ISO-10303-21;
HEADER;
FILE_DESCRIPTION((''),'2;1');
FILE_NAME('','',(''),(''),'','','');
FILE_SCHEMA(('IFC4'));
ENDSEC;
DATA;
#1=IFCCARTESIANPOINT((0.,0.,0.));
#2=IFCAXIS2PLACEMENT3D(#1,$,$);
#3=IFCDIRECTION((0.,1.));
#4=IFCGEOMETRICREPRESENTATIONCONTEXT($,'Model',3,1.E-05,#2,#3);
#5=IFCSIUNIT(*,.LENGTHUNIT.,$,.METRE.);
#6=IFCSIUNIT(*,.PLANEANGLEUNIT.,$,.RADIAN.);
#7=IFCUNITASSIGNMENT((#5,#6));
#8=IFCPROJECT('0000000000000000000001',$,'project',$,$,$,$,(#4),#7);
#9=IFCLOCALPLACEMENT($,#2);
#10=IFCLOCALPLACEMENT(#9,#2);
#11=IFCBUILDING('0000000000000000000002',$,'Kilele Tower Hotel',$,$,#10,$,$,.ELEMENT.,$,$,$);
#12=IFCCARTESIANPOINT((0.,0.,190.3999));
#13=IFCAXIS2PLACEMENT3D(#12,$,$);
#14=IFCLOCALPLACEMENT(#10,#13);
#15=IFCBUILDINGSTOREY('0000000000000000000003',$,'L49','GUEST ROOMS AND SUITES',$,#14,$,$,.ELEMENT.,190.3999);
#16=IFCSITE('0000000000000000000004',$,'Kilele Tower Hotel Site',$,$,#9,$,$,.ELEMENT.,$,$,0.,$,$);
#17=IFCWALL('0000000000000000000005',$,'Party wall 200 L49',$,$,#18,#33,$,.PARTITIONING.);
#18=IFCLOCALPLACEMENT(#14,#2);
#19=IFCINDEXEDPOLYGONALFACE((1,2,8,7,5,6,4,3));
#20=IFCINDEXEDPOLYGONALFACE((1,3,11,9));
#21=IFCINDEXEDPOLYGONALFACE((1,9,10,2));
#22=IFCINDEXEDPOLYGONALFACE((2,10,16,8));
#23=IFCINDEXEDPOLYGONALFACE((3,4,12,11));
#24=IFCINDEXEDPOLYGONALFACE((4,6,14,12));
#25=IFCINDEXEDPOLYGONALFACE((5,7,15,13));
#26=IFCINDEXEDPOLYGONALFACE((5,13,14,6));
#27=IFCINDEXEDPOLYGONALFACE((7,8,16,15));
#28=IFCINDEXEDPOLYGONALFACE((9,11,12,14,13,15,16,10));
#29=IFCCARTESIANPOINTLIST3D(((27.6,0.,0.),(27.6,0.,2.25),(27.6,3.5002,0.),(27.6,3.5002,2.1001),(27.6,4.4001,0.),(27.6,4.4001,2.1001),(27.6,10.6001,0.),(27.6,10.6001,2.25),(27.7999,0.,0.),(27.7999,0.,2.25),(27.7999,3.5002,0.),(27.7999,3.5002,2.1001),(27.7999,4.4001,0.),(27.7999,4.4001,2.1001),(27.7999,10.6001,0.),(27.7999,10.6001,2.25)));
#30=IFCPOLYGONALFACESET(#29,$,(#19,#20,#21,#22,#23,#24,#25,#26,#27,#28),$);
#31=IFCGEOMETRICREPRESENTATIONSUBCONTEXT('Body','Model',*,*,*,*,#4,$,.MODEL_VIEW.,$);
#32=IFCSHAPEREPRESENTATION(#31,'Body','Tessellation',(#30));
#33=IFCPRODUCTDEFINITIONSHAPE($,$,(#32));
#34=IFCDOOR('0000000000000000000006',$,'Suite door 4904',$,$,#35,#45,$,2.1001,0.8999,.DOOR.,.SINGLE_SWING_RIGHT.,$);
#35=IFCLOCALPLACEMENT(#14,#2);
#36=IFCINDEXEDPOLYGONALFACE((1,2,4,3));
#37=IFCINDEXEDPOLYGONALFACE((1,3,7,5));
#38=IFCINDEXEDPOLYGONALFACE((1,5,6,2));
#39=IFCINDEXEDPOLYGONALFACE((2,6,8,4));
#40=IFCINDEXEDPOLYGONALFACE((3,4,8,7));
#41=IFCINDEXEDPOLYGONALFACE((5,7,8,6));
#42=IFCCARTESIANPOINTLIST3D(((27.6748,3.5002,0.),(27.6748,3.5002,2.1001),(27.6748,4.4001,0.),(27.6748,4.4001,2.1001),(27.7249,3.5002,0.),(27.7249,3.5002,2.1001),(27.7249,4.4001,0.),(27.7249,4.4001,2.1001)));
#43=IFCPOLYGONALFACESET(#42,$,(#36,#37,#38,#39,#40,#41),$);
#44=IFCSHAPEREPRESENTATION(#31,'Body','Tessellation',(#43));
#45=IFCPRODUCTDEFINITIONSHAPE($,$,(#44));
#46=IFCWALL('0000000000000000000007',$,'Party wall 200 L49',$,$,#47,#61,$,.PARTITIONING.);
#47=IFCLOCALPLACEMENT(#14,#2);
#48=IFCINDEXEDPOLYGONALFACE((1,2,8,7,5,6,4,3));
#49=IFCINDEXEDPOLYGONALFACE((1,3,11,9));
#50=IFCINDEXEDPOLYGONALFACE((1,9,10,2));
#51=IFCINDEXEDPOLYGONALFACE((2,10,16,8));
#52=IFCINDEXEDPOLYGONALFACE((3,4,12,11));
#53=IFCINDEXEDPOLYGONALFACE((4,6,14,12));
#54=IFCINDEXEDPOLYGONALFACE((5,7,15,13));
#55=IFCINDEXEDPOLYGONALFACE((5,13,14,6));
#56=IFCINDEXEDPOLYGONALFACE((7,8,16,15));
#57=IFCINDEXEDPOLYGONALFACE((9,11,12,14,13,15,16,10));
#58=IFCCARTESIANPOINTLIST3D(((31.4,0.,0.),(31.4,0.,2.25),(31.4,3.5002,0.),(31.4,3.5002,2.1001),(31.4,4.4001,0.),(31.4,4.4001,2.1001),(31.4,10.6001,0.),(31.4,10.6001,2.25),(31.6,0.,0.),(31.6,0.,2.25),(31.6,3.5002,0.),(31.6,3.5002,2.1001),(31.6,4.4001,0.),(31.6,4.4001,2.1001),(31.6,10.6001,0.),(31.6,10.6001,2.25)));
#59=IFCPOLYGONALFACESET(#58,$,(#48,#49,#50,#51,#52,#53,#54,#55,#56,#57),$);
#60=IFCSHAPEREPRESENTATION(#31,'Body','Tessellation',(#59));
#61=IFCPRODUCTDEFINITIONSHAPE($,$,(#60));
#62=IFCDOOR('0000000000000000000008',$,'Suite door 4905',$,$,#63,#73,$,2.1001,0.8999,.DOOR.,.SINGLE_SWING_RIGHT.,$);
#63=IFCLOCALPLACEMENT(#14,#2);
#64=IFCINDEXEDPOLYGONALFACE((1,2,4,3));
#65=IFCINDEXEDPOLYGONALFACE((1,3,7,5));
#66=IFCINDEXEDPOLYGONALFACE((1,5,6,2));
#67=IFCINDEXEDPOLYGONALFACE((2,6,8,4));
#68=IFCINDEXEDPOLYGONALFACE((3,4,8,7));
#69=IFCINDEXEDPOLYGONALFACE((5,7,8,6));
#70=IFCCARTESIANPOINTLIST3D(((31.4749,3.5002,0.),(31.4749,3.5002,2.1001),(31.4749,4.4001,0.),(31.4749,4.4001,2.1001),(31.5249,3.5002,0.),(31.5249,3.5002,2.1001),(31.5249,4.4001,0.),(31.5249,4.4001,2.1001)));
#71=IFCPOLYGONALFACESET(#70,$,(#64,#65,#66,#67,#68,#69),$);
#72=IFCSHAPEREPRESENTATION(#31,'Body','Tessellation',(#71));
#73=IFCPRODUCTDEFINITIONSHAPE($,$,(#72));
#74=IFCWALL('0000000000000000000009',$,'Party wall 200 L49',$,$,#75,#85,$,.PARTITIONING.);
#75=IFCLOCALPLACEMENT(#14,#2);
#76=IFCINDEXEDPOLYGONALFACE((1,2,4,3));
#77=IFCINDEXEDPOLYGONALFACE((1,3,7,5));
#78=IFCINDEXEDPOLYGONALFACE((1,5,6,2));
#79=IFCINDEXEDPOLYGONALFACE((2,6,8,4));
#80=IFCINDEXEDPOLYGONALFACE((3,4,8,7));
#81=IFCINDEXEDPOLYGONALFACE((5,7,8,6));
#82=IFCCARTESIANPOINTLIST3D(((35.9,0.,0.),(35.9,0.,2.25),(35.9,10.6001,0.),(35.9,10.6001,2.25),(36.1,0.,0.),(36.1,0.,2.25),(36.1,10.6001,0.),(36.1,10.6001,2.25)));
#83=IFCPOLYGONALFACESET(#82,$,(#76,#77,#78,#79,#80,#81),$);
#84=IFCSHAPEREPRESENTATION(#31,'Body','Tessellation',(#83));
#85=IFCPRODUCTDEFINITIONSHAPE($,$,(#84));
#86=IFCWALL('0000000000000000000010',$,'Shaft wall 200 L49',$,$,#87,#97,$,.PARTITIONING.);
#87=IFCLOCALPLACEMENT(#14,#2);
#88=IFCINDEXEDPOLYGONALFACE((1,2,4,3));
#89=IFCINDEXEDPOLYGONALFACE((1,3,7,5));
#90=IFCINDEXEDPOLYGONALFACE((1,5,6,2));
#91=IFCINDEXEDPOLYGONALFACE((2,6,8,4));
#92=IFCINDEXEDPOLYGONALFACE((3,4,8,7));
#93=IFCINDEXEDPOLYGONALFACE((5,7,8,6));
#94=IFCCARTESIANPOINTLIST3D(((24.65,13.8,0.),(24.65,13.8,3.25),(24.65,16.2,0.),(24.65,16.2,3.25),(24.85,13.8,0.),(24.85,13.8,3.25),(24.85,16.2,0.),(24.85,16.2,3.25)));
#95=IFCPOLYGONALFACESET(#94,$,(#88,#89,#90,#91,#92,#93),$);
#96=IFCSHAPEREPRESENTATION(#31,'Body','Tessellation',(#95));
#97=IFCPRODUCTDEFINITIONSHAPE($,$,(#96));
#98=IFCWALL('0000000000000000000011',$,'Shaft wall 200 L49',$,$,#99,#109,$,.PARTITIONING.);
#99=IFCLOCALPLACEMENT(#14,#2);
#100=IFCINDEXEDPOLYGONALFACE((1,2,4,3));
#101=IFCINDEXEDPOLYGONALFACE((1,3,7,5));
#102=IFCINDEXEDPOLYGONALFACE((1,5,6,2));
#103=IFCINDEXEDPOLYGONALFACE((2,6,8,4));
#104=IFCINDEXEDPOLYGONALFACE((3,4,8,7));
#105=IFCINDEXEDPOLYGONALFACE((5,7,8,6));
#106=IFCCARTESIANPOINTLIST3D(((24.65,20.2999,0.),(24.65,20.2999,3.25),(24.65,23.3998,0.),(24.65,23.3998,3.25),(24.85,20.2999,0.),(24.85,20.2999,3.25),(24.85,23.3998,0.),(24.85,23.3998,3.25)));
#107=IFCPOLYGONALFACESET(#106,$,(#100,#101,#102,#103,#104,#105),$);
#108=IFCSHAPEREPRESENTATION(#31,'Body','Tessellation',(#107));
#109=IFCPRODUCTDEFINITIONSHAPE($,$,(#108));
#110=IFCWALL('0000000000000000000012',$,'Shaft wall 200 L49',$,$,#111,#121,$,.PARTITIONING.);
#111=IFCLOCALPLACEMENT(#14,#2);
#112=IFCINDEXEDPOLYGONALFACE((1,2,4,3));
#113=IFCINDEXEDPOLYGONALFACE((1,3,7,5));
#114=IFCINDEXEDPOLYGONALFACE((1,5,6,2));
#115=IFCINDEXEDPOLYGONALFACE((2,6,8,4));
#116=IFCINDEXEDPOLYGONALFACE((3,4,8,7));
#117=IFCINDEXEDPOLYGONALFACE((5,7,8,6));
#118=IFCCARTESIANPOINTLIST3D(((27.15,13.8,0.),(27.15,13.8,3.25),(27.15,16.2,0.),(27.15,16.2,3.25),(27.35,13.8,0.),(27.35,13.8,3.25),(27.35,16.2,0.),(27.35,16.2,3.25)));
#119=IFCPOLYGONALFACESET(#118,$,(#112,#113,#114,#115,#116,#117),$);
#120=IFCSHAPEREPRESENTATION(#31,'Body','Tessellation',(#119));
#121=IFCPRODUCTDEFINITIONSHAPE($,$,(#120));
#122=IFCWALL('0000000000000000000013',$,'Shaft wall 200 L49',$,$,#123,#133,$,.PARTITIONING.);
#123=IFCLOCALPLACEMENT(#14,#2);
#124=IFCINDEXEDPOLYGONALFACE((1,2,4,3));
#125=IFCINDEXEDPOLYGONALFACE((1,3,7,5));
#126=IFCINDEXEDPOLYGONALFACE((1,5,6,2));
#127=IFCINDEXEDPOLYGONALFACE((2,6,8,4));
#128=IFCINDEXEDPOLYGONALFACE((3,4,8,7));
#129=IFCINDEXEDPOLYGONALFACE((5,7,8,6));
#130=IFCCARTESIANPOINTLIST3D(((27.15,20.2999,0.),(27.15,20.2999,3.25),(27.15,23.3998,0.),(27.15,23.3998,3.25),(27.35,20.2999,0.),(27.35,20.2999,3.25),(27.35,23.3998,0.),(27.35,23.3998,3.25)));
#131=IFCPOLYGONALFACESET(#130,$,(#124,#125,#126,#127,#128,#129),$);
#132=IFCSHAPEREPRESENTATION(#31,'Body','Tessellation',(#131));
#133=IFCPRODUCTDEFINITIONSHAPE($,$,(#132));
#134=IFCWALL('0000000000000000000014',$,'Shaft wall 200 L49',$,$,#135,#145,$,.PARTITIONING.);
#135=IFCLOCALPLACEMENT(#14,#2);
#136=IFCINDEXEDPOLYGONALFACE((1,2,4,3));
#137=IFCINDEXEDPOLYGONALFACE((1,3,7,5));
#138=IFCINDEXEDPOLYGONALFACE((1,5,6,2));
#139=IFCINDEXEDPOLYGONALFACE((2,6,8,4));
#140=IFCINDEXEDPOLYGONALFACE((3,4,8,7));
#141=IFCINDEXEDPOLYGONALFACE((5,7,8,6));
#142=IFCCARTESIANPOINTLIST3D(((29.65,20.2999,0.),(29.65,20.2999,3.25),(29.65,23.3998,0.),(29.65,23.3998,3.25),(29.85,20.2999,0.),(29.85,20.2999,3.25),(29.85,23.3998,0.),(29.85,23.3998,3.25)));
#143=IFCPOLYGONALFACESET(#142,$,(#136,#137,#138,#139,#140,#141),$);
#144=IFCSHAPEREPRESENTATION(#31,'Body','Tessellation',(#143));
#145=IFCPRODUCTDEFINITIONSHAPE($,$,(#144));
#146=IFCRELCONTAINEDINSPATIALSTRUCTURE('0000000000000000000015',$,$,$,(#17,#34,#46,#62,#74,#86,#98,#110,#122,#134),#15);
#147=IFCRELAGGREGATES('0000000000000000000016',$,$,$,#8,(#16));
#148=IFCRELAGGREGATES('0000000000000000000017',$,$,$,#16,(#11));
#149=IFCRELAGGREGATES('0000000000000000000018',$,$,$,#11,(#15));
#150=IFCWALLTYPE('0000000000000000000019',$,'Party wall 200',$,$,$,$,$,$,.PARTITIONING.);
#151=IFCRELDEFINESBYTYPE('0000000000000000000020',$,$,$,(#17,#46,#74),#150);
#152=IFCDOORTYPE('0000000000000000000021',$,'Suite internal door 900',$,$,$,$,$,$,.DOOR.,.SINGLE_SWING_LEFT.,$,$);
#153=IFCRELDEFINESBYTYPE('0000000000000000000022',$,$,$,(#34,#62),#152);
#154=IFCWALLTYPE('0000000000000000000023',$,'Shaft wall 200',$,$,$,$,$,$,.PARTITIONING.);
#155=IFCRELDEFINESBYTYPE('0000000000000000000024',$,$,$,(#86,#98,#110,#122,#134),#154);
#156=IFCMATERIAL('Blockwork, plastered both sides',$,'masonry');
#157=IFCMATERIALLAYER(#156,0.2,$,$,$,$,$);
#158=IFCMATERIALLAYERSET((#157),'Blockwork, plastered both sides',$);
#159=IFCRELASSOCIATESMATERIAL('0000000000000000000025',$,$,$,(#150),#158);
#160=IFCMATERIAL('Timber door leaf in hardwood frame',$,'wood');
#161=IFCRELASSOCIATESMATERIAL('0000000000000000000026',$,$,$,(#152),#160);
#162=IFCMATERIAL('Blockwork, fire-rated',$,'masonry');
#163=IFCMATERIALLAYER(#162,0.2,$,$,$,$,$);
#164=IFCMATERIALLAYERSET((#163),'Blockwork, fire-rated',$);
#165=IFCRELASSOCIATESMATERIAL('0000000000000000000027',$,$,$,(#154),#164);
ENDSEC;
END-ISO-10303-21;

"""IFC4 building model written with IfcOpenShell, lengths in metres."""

from ifc_helpers import new_model, si_unit, direction, frame, frame_2d, origin, place, context, subcontext, project, spatial, rectangle, extrude, material, layer, layer_set, type_object, element, fill, save


model = new_model("IFC4")

# Units and contexts
model_context = context("Model", 3, precision=1e-05, world=origin(), true_north=direction((0.0, 1.0)))
body_context = subcontext(model_context, "Body", "Model", "MODEL_VIEW")
ifc_project = project(units=[si_unit("LENGTHUNIT", "METRE"), si_unit("PLANEANGLEUNIT", "RADIAN")], contexts=[model_context])

# Site, building, storey
site_placement = place(None, origin())
site = spatial("IfcSite", under=ifc_project, at=site_placement, Name="Kilele Tower Hotel Site", CompositionType="ELEMENT", RefElevation=0.0)
building_placement = place(site_placement, origin())
building = spatial("IfcBuilding", under=site, at=building_placement, Name="Kilele Tower Hotel", CompositionType="ELEMENT")
storey_placement = place(building_placement, frame((0.0, 0.0, 190.3999)))
storey = spatial("IfcBuildingStorey", under=building, at=storey_placement, Name="L49", Description="GUEST ROOMS AND SUITES", CompositionType="ELEMENT", Elevation=190.3999)

# Shared definitions
ifc_material_1 = material(Name="Blockwork, plastered both sides", Category="masonry")
ifc_layer_1 = layer(ifc_material_1, 0.2)
ifc_layer_set_1 = layer_set([ifc_layer_1], Name="Blockwork, plastered both sides")
wall_type_1 = type_object("IfcWallType", Name="Party wall 200", PredefinedType="PARTITIONING", material=ifc_layer_set_1)

# Walls, openings, doors
wall_1_placement = place(storey_placement, frame((27.7, 10.6001, 0.0), z_axis=(0.0, 0.0, 1.0), x_axis=(0.0, -1.0, 0.0)))
wall_1 = element("IfcWall", 1, at=wall_1_placement, inside=storey, type_object=wall_type_1, Name="Party wall 200 L49", PredefinedType="PARTITIONING", context=body_context, shape_type="SweptSolid", body=[
    extrude(rectangle(XDim=10.6001, YDim=0.2, at=frame_2d((5.3, 0.0))), origin(), (0.0, 0.0, 1.0), 2.25),
])
opening_1_placement = place(wall_1_placement, frame((6.2, 0.0, 0.0)))
opening_1 = element("IfcOpeningElement", 2, at=opening_1_placement, cuts=wall_1, PredefinedType="OPENING", context=body_context, shape_type="SweptSolid", body=[
    extrude(rectangle(XDim=0.8999, YDim=2.1001, at=frame_2d((0.45, 1.05))), frame((0.0, 0.1099, 0.0), z_axis=(0.0, -1.0, 0.0), x_axis=(1.0, 0.0, 0.0)), (0.0, 0.0, 1.0), 0.22),
])
ifc_material_2 = material(Name="Timber door leaf in hardwood frame", Category="wood")
door_type_1 = type_object("IfcDoorType", Name="Suite internal door 900", OperationType="SINGLE_SWING_LEFT", PredefinedType="DOOR", material=ifc_material_2)
door_1_placement = place(opening_1_placement, origin())
door_1 = element("IfcDoor", 3, at=door_1_placement, inside=storey, type_object=door_type_1, Name="Suite door 4904", OperationType="SINGLE_SWING_RIGHT", OverallHeight=2.1001, OverallWidth=0.8999, PredefinedType="DOOR", context=body_context, shape_type="SweptSolid", body=[
    extrude(rectangle(XDim=0.8999, YDim=2.1001, at=frame_2d((0.45, 1.05))), frame((0.0, 0.0249, 0.0), z_axis=(0.0, -1.0, 0.0), x_axis=(1.0, 0.0, 0.0)), (0.0, 0.0, 1.0), 0.05),
])
fill(opening_1, door_1)
wall_2_placement = place(storey_placement, frame((31.5, 10.6001, 0.0), z_axis=(0.0, 0.0, 1.0), x_axis=(0.0, -1.0, 0.0)))
wall_2 = element("IfcWall", 4, at=wall_2_placement, inside=storey, type_object=wall_type_1, Name="Party wall 200 L49", PredefinedType="PARTITIONING", context=body_context, shape_type="SweptSolid", body=[
    extrude(rectangle(XDim=10.6001, YDim=0.2, at=frame_2d((5.3, 0.0))), origin(), (0.0, 0.0, 1.0), 2.25),
])
opening_2_placement = place(wall_2_placement, frame((6.2, 0.0, 0.0)))
opening_2 = element("IfcOpeningElement", 5, at=opening_2_placement, cuts=wall_2, PredefinedType="OPENING", context=body_context, shape_type="SweptSolid", body=[
    extrude(rectangle(XDim=0.8999, YDim=2.1001, at=frame_2d((0.45, 1.05))), frame((0.0, 0.1099, 0.0), z_axis=(0.0, -1.0, 0.0), x_axis=(1.0, 0.0, 0.0)), (0.0, 0.0, 1.0), 0.22),
])
door_2_placement = place(opening_2_placement, origin())
door_2 = element("IfcDoor", 6, at=door_2_placement, inside=storey, type_object=door_type_1, Name="Suite door 4905", OperationType="SINGLE_SWING_RIGHT", OverallHeight=2.1001, OverallWidth=0.8999, PredefinedType="DOOR", context=body_context, shape_type="SweptSolid", body=[
    extrude(rectangle(XDim=0.8999, YDim=2.1001, at=frame_2d((0.45, 1.05))), frame((0.0, 0.0249, 0.0), z_axis=(0.0, -1.0, 0.0), x_axis=(1.0, 0.0, 0.0)), (0.0, 0.0, 1.0), 0.05),
])
fill(opening_2, door_2)

# Walls
wall_3_placement = place(storey_placement, frame((36.0, 10.6001, 0.0), z_axis=(0.0, 0.0, 1.0), x_axis=(0.0, -1.0, 0.0)))
element("IfcWall", 7, at=wall_3_placement, inside=storey, type_object=wall_type_1, Name="Party wall 200 L49", PredefinedType="PARTITIONING", context=body_context, shape_type="SweptSolid", body=[
    extrude(rectangle(XDim=10.6001, YDim=0.2, at=frame_2d((5.3, 0.0))), origin(), (0.0, 0.0, 1.0), 2.25),
])
ifc_material_3 = material(Name="Blockwork, fire-rated", Category="masonry")
ifc_layer_2 = layer(ifc_material_3, 0.2)
ifc_layer_set_2 = layer_set([ifc_layer_2], Name="Blockwork, fire-rated")
wall_type_2 = type_object("IfcWallType", Name="Shaft wall 200", PredefinedType="PARTITIONING", material=ifc_layer_set_2)
wall_4_placement = place(storey_placement, frame((24.75, 13.8, 0.0), z_axis=(0.0, 0.0, 1.0), x_axis=(0.0, 1.0, 0.0)))
element("IfcWall", 8, at=wall_4_placement, inside=storey, type_object=wall_type_2, Name="Shaft wall 200 L49", PredefinedType="PARTITIONING", context=body_context, shape_type="SweptSolid", body=[
    extrude(rectangle(XDim=2.3999, YDim=0.2, at=frame_2d((1.2, 0.0))), origin(), (0.0, 0.0, 1.0), 3.25),
])
wall_5_placement = place(storey_placement, frame((24.75, 20.3, 0.0), z_axis=(0.0, 0.0, 1.0), x_axis=(0.0, 1.0, 0.0)))
element("IfcWall", 9, at=wall_5_placement, inside=storey, type_object=wall_type_2, Name="Shaft wall 200 L49", PredefinedType="PARTITIONING", context=body_context, shape_type="SweptSolid", body=[
    extrude(rectangle(XDim=3.0999, YDim=0.2, at=frame_2d((1.5498, 0.0))), origin(), (0.0, 0.0, 1.0), 3.25),
])
wall_6_placement = place(storey_placement, frame((27.25, 13.8, 0.0), z_axis=(0.0, 0.0, 1.0), x_axis=(0.0, 1.0, 0.0)))
element("IfcWall", 10, at=wall_6_placement, inside=storey, type_object=wall_type_2, Name="Shaft wall 200 L49", PredefinedType="PARTITIONING", context=body_context, shape_type="SweptSolid", body=[
    extrude(rectangle(XDim=2.3999, YDim=0.2, at=frame_2d((1.2, 0.0))), origin(), (0.0, 0.0, 1.0), 3.25),
])
for number, where, z_axis, x_axis, name in (
    (11, (27.25, 20.3, 0.0), (0.0, 0.0, 1.0), (0.0, 1.0, 0.0), "Shaft wall 200 L49"),
    (12, (29.75, 20.3, 0.0), (0.0, 0.0, 1.0), (0.0, 1.0, 0.0), "Shaft wall 200 L49"),
):
    element("IfcWall", number, at=place(storey_placement, frame(where, z_axis=z_axis, x_axis=x_axis)), inside=storey, type_object=wall_type_2, Name=name, PredefinedType="PARTITIONING", context=body_context, shape_type="SweptSolid", body=[
        extrude(rectangle(XDim=3.0999, YDim=0.2, at=frame_2d((1.5498, 0.0))), origin(), (0.0, 0.0, 1.0), 3.25),
    ])

save(model, "model.ifc")
